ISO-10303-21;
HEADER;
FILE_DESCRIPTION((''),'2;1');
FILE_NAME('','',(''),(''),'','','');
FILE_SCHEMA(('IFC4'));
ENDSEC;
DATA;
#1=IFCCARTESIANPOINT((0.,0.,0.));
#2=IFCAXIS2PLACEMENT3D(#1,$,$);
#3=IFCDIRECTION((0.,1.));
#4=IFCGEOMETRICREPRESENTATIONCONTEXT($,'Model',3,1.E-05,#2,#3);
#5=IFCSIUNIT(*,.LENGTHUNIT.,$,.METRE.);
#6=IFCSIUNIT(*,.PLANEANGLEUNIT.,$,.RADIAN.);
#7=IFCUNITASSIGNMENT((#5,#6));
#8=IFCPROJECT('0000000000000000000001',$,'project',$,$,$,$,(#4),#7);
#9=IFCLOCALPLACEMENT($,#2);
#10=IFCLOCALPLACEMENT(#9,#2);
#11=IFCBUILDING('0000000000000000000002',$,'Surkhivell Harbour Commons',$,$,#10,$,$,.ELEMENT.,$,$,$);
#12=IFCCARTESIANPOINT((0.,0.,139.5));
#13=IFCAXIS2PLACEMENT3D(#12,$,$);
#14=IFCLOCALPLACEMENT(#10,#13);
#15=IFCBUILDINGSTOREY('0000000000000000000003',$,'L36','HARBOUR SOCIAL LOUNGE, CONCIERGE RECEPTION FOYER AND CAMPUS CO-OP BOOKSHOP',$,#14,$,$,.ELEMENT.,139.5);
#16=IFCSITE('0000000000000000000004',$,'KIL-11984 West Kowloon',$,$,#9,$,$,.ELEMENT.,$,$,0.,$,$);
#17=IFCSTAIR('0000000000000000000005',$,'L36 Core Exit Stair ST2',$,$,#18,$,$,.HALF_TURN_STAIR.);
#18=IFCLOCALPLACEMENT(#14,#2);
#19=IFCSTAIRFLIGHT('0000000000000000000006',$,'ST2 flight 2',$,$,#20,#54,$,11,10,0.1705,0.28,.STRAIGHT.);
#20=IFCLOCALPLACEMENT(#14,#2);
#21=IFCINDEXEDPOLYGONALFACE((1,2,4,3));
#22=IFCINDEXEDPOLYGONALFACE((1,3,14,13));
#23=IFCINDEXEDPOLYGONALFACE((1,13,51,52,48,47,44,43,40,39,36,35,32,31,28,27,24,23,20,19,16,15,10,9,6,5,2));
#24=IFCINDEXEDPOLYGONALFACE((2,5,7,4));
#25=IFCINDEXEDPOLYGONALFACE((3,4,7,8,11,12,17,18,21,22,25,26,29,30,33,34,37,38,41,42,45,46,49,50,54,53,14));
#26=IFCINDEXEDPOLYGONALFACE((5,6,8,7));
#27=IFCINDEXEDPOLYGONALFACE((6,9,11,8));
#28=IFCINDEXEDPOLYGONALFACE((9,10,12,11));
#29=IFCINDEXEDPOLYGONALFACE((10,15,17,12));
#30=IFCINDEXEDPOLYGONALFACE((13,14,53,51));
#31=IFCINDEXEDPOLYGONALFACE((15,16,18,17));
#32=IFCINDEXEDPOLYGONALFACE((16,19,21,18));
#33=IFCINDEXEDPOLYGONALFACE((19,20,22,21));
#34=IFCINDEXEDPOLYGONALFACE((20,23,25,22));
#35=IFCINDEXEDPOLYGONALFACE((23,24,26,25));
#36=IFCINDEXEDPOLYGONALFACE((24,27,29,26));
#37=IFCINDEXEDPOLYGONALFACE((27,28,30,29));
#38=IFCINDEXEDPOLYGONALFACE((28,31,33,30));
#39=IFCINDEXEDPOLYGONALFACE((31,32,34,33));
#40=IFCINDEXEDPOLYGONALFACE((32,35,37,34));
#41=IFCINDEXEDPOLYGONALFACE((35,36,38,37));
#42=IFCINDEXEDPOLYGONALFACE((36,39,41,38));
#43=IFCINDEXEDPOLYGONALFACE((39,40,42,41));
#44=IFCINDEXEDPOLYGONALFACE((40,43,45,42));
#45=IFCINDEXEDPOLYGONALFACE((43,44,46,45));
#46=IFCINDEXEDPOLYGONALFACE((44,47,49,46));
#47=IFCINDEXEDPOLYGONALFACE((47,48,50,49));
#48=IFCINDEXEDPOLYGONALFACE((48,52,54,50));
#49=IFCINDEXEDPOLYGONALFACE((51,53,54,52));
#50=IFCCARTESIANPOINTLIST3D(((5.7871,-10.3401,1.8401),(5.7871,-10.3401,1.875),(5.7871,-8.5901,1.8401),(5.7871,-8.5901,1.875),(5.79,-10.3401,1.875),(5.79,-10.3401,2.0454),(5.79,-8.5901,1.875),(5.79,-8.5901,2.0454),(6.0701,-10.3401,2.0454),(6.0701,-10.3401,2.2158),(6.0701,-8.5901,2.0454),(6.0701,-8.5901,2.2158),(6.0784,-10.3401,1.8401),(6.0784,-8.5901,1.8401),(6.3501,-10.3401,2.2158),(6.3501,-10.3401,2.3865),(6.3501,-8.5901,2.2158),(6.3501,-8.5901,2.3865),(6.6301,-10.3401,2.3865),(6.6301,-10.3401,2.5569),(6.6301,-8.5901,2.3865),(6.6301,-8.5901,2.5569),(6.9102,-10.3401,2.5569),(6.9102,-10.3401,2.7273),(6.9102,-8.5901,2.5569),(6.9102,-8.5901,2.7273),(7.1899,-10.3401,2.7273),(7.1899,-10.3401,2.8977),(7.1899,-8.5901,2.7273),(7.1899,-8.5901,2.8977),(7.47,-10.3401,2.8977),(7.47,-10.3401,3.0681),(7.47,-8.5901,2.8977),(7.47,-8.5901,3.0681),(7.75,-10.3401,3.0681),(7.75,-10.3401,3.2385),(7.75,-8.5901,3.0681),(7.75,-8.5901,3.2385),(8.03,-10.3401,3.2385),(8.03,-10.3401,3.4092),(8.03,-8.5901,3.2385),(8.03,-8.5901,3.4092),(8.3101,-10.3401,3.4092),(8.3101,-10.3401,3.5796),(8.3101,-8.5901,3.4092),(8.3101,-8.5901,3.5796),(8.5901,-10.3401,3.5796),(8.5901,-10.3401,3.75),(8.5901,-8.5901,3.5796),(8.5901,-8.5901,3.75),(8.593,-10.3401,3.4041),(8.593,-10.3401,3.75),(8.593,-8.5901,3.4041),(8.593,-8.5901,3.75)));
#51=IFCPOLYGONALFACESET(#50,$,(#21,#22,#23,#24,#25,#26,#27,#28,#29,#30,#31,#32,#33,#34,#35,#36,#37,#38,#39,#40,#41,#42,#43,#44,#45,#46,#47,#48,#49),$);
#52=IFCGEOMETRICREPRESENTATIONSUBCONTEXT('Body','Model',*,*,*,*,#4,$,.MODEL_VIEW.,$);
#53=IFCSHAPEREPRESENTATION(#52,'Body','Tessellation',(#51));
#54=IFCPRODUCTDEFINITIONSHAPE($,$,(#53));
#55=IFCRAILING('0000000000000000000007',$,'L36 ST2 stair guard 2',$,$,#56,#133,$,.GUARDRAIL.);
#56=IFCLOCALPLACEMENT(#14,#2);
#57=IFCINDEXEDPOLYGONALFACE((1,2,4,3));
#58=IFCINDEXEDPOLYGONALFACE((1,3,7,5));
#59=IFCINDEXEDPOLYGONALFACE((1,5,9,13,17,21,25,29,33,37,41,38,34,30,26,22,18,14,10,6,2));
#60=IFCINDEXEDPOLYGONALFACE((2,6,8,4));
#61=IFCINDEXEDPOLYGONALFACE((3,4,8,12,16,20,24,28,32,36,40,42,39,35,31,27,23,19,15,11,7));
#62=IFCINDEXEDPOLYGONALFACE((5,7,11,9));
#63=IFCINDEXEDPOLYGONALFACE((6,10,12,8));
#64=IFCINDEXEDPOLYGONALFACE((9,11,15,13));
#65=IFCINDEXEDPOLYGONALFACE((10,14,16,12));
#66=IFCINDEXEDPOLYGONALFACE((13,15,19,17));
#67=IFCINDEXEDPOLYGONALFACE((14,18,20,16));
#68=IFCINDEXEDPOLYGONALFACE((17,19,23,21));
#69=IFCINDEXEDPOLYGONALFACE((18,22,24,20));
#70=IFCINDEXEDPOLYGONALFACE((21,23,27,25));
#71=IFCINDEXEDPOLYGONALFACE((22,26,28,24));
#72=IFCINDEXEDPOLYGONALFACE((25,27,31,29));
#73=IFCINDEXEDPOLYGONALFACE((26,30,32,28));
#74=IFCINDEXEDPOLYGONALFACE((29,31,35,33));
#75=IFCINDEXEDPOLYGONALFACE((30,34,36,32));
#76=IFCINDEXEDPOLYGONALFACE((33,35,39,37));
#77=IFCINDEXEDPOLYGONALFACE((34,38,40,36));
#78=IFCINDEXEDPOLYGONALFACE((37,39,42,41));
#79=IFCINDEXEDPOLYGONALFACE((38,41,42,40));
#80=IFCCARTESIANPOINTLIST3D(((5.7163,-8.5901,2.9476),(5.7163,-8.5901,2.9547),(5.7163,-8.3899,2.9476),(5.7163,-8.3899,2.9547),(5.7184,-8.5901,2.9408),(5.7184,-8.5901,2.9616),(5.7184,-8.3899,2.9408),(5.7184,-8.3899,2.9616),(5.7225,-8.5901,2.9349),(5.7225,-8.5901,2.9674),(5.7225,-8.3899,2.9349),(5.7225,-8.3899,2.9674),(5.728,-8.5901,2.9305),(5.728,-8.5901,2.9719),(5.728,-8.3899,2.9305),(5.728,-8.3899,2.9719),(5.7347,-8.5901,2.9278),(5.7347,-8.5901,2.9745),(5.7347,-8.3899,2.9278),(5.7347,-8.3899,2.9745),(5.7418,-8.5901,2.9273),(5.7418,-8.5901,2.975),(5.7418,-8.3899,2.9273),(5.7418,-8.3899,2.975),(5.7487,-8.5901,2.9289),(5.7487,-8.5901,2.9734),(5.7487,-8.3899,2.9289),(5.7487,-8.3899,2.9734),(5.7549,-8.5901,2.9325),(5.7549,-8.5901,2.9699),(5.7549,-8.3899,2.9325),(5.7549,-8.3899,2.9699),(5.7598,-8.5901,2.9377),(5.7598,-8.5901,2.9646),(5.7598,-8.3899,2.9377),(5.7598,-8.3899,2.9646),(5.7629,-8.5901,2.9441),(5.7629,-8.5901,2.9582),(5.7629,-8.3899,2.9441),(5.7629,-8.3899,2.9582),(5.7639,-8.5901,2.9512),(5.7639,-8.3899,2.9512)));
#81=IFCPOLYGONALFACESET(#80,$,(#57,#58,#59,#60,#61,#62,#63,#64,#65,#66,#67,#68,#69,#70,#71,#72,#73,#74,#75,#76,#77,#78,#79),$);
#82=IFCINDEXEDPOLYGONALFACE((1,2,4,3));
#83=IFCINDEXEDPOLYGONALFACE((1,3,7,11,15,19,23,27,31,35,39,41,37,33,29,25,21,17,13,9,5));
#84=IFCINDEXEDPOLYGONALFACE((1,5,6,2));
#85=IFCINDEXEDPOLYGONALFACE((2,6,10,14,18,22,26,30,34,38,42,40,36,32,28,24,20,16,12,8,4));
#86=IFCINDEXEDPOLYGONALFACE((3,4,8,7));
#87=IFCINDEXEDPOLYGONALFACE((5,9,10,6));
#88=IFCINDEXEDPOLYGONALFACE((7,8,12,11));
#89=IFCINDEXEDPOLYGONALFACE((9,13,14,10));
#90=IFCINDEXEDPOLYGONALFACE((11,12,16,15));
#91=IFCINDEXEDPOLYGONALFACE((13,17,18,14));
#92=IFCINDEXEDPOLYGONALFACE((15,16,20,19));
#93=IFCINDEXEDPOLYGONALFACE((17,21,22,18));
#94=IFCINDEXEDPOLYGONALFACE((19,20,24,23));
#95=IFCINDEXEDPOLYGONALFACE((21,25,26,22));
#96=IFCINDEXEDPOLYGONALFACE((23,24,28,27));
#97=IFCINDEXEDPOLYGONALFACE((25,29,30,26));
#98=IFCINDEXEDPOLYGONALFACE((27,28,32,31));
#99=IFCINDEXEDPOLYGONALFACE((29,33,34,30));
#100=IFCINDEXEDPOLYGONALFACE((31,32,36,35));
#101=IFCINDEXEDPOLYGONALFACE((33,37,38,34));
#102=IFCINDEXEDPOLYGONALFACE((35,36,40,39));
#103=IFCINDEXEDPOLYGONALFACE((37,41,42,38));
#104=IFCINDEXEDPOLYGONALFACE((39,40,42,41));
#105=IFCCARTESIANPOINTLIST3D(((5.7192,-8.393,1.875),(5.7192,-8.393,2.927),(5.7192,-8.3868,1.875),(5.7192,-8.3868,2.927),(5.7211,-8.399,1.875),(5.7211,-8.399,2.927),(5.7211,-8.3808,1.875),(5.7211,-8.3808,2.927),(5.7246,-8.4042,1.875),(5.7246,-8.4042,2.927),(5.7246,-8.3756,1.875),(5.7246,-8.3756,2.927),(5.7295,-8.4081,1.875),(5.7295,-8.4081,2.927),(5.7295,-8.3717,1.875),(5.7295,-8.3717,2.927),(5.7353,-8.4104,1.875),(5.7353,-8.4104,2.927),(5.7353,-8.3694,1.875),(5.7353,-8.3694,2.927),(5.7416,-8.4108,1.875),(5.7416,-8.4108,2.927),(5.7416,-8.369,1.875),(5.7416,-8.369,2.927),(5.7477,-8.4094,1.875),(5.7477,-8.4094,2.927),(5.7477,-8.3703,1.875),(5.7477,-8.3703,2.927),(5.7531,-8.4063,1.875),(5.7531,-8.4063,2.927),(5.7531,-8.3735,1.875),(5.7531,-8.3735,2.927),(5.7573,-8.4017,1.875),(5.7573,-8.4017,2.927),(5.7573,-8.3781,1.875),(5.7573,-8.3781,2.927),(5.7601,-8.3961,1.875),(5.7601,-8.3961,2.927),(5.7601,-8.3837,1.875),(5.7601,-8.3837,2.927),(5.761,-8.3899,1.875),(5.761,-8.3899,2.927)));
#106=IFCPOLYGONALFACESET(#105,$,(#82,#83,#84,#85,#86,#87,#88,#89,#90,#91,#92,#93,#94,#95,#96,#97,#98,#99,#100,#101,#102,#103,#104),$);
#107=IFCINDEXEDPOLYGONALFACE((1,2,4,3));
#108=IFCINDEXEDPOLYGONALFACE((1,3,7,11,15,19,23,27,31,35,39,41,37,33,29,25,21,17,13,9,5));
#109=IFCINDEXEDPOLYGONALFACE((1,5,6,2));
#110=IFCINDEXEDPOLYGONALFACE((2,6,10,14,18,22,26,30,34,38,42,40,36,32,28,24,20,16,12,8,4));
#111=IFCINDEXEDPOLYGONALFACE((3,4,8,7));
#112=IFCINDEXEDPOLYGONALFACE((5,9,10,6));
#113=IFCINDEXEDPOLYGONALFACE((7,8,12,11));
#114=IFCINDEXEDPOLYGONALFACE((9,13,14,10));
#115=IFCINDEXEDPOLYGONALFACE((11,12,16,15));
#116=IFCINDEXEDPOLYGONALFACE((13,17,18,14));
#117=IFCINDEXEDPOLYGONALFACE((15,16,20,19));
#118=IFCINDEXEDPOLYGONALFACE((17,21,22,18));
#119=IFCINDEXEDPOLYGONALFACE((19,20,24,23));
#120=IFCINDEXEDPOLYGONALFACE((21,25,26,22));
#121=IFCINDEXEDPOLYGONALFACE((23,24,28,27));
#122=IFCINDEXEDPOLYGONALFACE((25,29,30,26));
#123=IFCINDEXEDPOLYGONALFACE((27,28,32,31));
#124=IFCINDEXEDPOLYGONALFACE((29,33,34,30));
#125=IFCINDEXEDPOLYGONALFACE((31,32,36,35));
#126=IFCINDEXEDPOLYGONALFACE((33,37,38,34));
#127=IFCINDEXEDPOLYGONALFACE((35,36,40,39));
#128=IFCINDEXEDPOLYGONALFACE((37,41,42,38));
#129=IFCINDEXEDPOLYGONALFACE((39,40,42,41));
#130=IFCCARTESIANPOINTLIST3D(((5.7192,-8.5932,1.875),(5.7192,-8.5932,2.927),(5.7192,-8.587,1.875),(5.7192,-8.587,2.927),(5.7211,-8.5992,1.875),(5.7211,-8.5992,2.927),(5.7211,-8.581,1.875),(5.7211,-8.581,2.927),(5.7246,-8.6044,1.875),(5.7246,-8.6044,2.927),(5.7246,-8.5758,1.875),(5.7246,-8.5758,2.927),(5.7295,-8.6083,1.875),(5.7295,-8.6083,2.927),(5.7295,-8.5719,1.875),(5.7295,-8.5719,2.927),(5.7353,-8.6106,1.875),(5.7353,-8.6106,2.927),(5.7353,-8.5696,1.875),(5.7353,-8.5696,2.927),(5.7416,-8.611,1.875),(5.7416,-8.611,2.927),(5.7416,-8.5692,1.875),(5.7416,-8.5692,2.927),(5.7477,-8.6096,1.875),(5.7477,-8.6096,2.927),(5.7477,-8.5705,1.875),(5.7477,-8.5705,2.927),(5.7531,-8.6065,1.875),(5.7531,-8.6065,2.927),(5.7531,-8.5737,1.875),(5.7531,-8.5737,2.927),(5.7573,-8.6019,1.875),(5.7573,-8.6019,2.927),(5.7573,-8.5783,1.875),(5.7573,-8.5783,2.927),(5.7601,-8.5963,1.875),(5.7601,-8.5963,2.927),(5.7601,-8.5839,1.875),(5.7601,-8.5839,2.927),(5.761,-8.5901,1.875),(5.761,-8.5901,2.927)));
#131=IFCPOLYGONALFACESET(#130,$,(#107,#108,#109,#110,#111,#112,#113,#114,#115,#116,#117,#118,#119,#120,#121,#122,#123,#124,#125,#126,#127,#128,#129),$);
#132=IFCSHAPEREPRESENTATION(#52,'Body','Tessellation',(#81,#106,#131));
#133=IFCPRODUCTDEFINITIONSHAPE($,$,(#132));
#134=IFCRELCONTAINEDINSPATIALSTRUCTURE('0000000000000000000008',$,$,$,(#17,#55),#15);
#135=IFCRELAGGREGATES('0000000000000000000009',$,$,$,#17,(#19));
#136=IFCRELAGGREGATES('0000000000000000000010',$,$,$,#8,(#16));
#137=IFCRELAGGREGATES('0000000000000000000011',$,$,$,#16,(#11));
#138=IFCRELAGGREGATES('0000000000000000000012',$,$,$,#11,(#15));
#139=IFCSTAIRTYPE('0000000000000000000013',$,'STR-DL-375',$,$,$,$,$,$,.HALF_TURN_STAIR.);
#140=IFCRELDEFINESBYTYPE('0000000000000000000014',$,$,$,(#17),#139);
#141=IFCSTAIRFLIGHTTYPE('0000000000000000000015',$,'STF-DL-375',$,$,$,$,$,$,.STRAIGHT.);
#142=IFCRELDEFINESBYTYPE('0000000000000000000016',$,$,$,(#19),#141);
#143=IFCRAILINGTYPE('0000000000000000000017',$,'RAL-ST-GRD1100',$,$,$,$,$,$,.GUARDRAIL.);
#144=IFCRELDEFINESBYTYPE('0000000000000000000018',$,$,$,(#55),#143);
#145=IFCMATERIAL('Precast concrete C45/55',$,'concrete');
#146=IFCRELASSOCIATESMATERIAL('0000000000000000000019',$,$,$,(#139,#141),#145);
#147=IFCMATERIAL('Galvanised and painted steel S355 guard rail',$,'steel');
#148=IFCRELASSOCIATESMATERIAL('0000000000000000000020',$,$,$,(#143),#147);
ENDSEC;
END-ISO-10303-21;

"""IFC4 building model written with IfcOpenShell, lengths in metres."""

from ifc_helpers import new_model, si_unit, direction, frame, origin, origin_2d, place, context, subcontext, project, spatial, polyline, circle, outline, extrude, material, type_object, element, aggregate, save


model = new_model("IFC4")

# Units and contexts
model_context = context("Model", 3, precision=1e-05, world=origin(), true_north=direction((0.0, 1.0)))
body_context = subcontext(model_context, "Body", "Model", "MODEL_VIEW")
ifc_project = project(units=[si_unit("LENGTHUNIT", "METRE"), si_unit("PLANEANGLEUNIT", "RADIAN")], contexts=[model_context])

# Site, building, storey
site_placement = place(None, origin())
site = spatial("IfcSite", under=ifc_project, at=site_placement, Name="KIL-11984 West Kowloon", CompositionType="ELEMENT", RefElevation=0.0)
building_placement = place(site_placement, origin())
building = spatial("IfcBuilding", under=site, at=building_placement, Name="Surkhivell Harbour Commons", CompositionType="ELEMENT")
storey_placement = place(building_placement, frame((0.0, 0.0, 139.5)))
storey = spatial("IfcBuildingStorey", under=building, at=storey_placement, Name="L36", Description="HARBOUR SOCIAL LOUNGE, CONCIERGE RECEPTION FOYER AND CAMPUS CO-OP BOOKSHOP", CompositionType="ELEMENT", Elevation=139.5)

# Stair, stair flight
ifc_material_1 = material(Name="Precast concrete C45/55", Category="concrete")
stair_type = type_object("IfcStairType", Name="STR-DL-375", PredefinedType="HALF_TURN_STAIR", material=ifc_material_1)
stair_placement = place(storey_placement, origin())
stair = element("IfcStair", 1, at=stair_placement, inside=storey, type_object=stair_type, Name="L36 Core Exit Stair ST2", PredefinedType="HALF_TURN_STAIR")
stair_flight_type = type_object("IfcStairFlightType", Name="STF-DL-375", PredefinedType="STRAIGHT", material=ifc_material_1)
stair_flight_placement = place(storey_placement, frame((5.79, -9.4651, 1.875), z_axis=(0.0, 0.0, 1.0), x_axis=(1.0, 0.0, 0.0)))
stair_flight = element("IfcStairFlight", 2, at=stair_flight_placement, type_object=stair_flight_type, Name="ST2 flight 2", NumberOfRisers=11, NumberOfTreads=10, PredefinedType="STRAIGHT", RiserHeight=0.1705, TreadLength=0.28, context=body_context, shape_type="SweptSolid", body=[
    extrude(outline(polyline([(-0.0029, -0.0349), (-0.0029, 0.0), (0.0, 0.0), (0.0, 0.1704), (0.28, 0.1704), (0.28, 0.3408), (0.5601, 0.3408), (0.5601, 0.5115), (0.8401, 0.5115), (0.8401, 0.6819), (1.1201, 0.6819), (1.1201, 0.8523), (1.3999, 0.8523), (1.3999, 1.0227), (1.6799, 1.0227), (1.6799, 1.1931), (1.96, 1.1931), (1.96, 1.3635), (2.24, 1.3635), (2.24, 1.5342), (2.52, 1.5342), (2.52, 1.7046), (2.8, 1.7046), (2.8, 1.875), (2.803, 1.875), (2.803, 1.5291), (0.2883, -0.0349), (-0.0029, -0.0349)])), frame((0.0, 0.875, 0.0), z_axis=(0.0, -1.0, 0.0), x_axis=(1.0, 0.0, 0.0)), (0.0, 0.0, 1.0), 1.75),
])
aggregate(stair, [stair_flight])

# Railing
ifc_material_2 = material(Name="Galvanised and painted steel S355 guard rail", Category="steel")
railing_type_1 = type_object("IfcRailingType", Name="RAL-ST-GRD1100", PredefinedType="GUARDRAIL", material=ifc_material_2)
railing_1_placement = place(storey_placement, frame((5.74, -8.3899, 1.875)))
element("IfcRailing", 3, at=railing_1_placement, inside=storey, type_object=railing_type_1, Name="L36 ST2 stair guard 2", PredefinedType="GUARDRAIL", context=body_context, shape_type="SweptSolid", body=[
    extrude(circle(Radius=0.0239, at=origin_2d()), frame((0.0, 0.0, 1.0762), z_axis=(0.0, -1.0, 0.0), x_axis=(1.0, 0.0, 0.0)), (0.0, 0.0, 1.0), 0.2002),
    extrude(circle(Radius=0.021, at=origin_2d()), origin(), (0.0, 0.0, 1.0), 1.052),
    extrude(circle(Radius=0.021, at=origin_2d()), frame((0.0, -0.2002, 0.0)), (0.0, 0.0, 1.0), 1.052),
])

save(model, "model.ifc")
